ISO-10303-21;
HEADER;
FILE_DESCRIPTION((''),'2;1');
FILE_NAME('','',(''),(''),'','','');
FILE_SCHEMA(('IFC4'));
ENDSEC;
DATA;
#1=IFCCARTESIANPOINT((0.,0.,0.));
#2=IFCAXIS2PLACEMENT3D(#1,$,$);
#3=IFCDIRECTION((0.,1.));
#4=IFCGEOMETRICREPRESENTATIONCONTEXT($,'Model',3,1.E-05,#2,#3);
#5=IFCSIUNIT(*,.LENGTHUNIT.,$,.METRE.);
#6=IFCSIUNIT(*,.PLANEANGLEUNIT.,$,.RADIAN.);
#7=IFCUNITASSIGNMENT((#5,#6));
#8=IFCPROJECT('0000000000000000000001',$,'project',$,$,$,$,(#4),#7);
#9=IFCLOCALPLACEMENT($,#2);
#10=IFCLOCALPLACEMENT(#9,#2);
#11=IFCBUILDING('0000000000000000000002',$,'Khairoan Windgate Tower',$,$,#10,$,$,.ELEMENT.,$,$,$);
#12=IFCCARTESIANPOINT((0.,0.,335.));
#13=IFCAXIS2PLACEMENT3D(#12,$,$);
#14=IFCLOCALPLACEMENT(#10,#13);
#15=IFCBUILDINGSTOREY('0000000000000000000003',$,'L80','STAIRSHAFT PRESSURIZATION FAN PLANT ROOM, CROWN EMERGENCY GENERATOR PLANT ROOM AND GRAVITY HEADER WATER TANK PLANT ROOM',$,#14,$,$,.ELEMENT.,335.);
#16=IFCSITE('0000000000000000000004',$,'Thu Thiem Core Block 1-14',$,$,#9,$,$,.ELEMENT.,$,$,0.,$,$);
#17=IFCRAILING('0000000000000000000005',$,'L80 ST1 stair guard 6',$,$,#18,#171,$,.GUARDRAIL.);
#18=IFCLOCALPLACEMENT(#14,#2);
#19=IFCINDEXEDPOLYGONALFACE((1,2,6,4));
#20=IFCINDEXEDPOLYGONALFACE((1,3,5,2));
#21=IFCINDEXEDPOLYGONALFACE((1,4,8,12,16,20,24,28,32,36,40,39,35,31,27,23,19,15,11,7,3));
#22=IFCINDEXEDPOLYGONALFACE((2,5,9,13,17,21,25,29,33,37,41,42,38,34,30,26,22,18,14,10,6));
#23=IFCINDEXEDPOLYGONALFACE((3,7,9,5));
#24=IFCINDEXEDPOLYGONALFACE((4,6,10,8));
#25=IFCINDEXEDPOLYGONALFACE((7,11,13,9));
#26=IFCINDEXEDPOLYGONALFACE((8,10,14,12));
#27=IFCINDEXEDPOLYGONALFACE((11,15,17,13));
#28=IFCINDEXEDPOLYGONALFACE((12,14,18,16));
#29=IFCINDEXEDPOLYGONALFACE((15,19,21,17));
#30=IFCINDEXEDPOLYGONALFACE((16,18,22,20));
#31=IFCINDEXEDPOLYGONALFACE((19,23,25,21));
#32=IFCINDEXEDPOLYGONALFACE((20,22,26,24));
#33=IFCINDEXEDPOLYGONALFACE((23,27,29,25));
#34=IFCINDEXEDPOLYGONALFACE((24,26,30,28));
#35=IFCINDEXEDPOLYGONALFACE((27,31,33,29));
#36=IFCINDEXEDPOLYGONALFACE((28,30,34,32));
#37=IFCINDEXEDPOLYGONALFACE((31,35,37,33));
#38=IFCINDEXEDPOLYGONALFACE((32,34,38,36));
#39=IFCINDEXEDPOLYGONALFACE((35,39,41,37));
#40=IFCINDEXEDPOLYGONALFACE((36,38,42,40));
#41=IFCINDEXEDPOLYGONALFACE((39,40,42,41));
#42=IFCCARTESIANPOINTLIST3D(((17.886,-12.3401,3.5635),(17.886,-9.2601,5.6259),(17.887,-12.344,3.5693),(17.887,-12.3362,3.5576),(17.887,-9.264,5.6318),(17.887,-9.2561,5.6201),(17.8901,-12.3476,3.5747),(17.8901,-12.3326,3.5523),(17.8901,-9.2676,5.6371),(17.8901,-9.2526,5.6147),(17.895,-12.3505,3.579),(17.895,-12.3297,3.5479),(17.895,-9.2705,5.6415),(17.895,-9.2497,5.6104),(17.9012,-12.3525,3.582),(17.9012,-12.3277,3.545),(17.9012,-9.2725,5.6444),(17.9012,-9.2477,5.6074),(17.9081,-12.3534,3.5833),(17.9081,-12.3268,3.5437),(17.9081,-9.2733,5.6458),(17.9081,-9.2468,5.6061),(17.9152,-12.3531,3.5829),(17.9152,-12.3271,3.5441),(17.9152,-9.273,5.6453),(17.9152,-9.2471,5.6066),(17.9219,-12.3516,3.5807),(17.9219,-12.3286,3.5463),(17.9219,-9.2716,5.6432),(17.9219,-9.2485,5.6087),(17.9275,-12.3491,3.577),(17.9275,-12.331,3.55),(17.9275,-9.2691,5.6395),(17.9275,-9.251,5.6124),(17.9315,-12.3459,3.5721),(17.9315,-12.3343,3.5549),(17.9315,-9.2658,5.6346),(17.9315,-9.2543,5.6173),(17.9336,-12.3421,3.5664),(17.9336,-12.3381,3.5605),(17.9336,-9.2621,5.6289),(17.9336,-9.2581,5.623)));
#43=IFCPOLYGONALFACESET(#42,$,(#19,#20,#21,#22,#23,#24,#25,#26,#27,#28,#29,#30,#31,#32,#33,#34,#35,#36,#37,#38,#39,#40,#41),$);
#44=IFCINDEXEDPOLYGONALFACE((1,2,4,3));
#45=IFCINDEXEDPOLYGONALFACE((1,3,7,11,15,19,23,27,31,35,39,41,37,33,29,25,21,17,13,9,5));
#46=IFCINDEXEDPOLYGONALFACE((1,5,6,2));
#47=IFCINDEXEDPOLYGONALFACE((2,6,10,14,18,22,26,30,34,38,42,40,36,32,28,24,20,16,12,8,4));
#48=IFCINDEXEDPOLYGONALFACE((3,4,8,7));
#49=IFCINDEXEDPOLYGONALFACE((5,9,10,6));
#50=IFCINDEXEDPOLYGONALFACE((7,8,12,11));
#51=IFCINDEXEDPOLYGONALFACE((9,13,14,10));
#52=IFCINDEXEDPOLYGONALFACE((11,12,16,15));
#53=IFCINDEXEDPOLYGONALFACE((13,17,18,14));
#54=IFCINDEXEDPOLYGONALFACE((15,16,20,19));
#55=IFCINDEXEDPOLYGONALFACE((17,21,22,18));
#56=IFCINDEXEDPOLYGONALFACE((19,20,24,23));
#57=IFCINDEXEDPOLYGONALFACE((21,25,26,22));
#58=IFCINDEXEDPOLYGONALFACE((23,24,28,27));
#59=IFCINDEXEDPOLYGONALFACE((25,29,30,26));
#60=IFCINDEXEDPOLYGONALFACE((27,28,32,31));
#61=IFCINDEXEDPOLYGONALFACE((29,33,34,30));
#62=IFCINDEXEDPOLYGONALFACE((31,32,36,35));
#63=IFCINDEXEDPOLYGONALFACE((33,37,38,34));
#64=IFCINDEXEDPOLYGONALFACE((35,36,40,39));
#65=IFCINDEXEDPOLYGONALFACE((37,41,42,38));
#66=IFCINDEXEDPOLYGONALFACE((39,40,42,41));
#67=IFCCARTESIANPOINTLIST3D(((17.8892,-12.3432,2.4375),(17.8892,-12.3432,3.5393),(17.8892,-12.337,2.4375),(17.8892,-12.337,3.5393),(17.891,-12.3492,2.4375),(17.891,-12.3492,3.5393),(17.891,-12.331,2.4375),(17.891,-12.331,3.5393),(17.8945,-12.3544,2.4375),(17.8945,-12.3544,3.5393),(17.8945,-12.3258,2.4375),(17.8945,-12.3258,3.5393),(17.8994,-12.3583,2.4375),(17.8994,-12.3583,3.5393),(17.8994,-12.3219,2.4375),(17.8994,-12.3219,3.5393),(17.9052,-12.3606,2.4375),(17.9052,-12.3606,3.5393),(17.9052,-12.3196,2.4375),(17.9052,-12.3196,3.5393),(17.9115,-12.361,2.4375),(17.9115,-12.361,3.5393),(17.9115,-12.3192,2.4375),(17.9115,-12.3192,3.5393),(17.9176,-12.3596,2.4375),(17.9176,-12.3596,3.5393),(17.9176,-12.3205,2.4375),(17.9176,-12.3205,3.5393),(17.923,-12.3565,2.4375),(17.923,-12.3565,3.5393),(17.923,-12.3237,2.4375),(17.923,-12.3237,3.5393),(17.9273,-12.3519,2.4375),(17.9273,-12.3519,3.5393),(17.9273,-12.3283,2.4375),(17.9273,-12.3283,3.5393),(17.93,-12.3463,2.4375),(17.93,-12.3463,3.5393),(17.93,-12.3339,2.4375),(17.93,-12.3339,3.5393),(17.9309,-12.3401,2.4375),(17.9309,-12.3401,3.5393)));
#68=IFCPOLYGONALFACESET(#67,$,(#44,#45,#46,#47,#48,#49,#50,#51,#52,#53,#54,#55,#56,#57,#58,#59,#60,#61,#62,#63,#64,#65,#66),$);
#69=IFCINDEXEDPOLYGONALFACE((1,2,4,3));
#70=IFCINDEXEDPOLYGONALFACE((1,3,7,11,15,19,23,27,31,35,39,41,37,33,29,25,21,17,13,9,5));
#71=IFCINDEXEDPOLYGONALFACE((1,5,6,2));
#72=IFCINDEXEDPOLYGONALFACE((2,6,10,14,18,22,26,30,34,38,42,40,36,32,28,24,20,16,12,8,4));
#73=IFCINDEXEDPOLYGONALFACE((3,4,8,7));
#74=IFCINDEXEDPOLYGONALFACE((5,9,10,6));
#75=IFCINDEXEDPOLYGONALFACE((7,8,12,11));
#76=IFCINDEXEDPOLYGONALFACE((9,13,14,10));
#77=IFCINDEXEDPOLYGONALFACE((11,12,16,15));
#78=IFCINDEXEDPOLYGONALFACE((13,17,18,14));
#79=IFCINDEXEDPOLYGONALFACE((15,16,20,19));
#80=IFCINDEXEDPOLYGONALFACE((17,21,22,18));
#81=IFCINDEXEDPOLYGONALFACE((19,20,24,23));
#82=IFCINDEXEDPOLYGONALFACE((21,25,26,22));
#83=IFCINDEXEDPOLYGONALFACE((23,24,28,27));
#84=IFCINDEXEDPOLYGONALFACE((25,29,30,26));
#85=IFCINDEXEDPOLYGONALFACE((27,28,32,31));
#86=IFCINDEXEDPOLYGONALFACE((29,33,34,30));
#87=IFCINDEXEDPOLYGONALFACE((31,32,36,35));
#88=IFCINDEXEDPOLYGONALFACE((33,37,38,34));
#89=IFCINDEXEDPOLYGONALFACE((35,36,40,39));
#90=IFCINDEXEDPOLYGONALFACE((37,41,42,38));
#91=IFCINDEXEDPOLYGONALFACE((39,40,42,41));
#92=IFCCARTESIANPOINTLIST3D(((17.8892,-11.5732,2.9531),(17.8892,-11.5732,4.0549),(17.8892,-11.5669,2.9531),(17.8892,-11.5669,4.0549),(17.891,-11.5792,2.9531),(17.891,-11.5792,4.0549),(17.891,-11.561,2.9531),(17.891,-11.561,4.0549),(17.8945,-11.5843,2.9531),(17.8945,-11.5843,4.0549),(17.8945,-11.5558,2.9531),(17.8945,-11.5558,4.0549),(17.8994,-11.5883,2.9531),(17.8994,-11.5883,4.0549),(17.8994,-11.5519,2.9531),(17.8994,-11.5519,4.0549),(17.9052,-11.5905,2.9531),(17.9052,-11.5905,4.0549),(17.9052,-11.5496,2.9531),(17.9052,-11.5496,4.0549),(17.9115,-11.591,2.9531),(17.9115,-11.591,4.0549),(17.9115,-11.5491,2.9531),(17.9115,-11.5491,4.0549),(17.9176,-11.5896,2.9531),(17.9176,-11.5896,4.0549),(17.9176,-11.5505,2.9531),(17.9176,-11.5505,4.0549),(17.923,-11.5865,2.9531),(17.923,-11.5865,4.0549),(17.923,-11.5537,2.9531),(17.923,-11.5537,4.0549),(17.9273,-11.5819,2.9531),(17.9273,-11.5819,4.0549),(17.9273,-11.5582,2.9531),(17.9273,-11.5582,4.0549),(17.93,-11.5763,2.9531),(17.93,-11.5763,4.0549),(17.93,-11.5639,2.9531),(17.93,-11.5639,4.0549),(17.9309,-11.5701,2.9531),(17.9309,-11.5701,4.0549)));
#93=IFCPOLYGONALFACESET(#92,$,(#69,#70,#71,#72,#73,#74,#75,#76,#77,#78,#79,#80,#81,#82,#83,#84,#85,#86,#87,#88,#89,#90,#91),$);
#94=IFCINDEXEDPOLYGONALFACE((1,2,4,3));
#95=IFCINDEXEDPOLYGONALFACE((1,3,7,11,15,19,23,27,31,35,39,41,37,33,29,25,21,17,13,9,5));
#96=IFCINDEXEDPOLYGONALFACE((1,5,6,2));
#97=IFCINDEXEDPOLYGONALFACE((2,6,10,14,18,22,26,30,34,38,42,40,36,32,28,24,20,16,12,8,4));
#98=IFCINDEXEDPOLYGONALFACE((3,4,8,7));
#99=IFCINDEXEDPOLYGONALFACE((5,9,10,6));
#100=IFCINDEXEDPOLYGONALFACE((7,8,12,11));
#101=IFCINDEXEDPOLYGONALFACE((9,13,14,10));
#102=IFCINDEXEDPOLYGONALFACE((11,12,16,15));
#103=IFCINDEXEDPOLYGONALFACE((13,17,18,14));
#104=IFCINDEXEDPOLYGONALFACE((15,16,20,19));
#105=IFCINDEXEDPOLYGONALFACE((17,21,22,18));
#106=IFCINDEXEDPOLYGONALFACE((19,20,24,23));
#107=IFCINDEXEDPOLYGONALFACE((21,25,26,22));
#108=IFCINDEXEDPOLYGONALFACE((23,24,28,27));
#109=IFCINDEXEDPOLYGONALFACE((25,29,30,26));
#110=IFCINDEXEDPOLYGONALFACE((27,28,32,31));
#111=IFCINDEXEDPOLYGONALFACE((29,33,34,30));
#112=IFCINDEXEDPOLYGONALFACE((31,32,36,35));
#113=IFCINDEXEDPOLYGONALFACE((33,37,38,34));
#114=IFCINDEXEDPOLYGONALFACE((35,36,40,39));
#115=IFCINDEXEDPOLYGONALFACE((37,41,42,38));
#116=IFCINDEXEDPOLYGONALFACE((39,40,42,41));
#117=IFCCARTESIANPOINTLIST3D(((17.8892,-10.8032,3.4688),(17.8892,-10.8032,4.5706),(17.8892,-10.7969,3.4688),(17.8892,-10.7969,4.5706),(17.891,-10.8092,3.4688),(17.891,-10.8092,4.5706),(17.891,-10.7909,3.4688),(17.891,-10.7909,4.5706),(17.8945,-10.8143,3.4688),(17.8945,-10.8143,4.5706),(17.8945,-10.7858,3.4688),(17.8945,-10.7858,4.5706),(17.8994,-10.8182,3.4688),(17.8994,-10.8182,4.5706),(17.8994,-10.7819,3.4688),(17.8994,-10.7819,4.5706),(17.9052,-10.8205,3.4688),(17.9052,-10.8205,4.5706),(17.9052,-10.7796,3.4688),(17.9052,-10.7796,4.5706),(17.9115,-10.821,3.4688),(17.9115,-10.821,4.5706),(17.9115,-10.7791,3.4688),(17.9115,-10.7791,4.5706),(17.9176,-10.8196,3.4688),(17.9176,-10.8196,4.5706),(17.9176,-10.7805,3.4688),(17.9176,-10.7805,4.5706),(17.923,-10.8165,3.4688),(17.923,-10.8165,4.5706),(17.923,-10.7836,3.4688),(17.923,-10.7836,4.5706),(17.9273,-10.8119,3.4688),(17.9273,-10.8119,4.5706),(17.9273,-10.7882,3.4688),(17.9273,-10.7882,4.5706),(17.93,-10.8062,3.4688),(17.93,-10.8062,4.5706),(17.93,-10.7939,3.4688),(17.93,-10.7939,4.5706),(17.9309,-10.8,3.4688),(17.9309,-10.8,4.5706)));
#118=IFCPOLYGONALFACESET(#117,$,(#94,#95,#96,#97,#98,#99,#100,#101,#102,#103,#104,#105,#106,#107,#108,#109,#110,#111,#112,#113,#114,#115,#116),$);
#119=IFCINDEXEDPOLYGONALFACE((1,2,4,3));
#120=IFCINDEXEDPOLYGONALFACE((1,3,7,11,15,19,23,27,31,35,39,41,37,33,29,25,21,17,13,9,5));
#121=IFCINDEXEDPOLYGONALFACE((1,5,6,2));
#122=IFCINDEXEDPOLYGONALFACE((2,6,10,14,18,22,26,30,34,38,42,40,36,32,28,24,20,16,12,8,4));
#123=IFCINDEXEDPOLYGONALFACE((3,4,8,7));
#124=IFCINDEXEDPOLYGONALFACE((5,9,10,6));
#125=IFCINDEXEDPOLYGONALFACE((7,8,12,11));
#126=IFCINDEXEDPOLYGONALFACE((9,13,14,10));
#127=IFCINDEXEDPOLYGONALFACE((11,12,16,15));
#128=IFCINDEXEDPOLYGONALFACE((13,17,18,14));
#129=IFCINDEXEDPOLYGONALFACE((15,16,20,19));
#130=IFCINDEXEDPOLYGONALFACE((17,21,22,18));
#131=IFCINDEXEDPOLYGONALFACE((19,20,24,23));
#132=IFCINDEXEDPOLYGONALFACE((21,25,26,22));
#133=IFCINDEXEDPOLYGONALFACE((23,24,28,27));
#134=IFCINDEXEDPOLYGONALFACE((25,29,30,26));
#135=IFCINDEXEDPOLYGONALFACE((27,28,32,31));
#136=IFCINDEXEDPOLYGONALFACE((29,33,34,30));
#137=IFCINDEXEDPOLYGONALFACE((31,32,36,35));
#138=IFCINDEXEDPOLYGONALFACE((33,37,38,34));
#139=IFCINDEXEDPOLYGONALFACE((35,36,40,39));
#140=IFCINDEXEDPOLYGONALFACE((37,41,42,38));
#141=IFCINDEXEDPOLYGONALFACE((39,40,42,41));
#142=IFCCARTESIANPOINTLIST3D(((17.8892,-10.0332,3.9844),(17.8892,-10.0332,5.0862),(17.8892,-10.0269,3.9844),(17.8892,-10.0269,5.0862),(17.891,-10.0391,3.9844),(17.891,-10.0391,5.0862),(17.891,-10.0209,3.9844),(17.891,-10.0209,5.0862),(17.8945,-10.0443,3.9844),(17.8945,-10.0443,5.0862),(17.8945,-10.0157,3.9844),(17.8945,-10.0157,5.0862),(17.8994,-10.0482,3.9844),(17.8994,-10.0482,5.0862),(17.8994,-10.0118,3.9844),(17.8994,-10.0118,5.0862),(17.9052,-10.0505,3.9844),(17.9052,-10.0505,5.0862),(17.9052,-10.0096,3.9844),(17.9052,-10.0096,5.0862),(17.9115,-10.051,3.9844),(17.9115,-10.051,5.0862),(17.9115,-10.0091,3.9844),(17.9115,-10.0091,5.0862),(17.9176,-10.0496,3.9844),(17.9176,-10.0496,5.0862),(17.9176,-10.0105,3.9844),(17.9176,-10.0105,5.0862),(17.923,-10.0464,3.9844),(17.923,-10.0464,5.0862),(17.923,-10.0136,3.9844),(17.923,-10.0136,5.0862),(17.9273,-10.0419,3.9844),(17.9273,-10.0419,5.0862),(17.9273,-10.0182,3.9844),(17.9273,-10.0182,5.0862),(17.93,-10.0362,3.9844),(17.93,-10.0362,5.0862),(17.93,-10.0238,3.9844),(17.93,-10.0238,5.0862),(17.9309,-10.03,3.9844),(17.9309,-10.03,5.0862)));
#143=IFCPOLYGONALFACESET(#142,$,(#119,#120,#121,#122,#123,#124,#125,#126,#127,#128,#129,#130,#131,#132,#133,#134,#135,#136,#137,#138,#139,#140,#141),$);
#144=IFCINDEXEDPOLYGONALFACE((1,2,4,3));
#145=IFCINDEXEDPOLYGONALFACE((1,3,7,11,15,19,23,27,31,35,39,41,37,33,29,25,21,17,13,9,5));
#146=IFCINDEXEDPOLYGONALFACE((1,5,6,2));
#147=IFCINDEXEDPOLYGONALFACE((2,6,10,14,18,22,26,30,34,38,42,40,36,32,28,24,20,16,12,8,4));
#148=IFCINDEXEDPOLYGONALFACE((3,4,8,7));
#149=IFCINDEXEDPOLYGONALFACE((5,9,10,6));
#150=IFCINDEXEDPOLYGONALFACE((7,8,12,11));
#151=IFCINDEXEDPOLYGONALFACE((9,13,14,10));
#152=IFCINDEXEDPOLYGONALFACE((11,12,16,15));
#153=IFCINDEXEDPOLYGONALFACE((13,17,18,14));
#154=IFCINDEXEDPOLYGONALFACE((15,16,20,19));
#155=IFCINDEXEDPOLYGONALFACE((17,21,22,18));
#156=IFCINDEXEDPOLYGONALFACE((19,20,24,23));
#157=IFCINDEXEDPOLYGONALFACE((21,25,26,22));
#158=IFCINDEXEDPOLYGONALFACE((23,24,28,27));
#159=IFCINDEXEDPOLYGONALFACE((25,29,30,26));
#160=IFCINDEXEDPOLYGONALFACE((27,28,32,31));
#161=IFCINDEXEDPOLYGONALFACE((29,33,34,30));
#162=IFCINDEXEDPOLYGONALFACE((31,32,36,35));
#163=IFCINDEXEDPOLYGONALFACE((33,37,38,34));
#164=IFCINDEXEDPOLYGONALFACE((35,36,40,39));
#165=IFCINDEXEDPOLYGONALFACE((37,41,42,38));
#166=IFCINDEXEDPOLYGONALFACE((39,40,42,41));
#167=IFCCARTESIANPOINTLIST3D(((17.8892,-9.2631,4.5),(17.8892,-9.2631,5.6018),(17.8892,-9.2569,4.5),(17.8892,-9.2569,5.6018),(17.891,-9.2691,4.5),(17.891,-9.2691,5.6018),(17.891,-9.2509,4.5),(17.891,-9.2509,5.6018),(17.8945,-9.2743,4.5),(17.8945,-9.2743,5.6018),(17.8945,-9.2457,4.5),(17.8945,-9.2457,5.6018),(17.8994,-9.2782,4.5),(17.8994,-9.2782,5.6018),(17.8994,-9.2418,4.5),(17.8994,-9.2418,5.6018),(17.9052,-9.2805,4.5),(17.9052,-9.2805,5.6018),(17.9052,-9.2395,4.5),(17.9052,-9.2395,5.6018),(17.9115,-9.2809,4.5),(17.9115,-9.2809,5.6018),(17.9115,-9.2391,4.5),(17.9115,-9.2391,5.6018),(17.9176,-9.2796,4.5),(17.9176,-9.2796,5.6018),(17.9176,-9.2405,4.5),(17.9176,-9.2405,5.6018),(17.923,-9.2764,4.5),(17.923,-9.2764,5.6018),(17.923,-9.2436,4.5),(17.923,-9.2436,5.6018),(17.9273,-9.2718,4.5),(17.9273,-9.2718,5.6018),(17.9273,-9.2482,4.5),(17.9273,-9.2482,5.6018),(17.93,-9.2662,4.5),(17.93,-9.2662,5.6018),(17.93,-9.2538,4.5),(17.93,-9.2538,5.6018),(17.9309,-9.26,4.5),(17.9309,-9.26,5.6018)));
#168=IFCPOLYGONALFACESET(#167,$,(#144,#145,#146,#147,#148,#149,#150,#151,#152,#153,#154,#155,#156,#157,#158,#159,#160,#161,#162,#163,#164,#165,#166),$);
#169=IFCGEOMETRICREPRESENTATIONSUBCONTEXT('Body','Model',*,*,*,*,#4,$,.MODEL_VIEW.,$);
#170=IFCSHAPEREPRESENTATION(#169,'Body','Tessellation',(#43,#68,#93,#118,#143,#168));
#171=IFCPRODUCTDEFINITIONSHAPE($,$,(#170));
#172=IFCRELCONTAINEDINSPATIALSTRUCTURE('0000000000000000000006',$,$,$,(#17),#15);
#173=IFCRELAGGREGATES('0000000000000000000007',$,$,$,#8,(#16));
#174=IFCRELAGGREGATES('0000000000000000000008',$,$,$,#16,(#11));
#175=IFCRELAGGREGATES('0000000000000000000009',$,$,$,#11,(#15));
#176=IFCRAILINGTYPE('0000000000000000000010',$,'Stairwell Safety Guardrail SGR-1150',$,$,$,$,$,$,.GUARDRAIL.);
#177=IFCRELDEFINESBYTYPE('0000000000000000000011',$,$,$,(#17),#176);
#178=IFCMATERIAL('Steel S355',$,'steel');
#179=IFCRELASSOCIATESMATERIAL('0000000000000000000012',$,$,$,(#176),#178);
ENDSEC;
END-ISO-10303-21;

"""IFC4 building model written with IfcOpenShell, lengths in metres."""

from ifc_helpers import new_model, si_unit, direction, frame, origin, origin_2d, place, context, subcontext, project, spatial, circle, extrude, material, type_object, element, save


model = new_model("IFC4")

# Units and contexts
model_context = context("Model", 3, precision=1e-05, world=origin(), true_north=direction((0.0, 1.0)))
body_context = subcontext(model_context, "Body", "Model", "MODEL_VIEW")
ifc_project = project(units=[si_unit("LENGTHUNIT", "METRE"), si_unit("PLANEANGLEUNIT", "RADIAN")], contexts=[model_context])

# Site, building, storey
site_placement = place(None, origin())
site = spatial("IfcSite", under=ifc_project, at=site_placement, Name="Thu Thiem Core Block 1-14", CompositionType="ELEMENT", RefElevation=0.0)
building_placement = place(site_placement, origin())
building = spatial("IfcBuilding", under=site, at=building_placement, Name="Khairoan Windgate Tower", CompositionType="ELEMENT")
storey_placement = place(building_placement, frame((0.0, 0.0, 335.0)))
storey = spatial("IfcBuildingStorey", under=building, at=storey_placement, Name="L80", Description="STAIRSHAFT PRESSURIZATION FAN PLANT ROOM, CROWN EMERGENCY GENERATOR PLANT ROOM AND GRAVITY HEADER WATER TANK PLANT ROOM", CompositionType="ELEMENT", Elevation=335.0)

# Railing
ifc_material_1 = material(Name="Steel S355", Category="steel")
railing_type_1 = type_object("IfcRailingType", Name="Stairwell Safety Guardrail SGR-1150", PredefinedType="GUARDRAIL", material=ifc_material_1)
railing_1_placement = place(storey_placement, frame((17.9099, -12.3401, 2.4375)))
element("IfcRailing", 1, at=railing_1_placement, inside=storey, type_object=railing_type_1, Name="L80 ST1 stair guard 6", PredefinedType="GUARDRAIL", context=body_context, shape_type="SweptSolid", body=[
    extrude(circle(Radius=0.0239, at=origin_2d()), frame((0.0, 0.0, 1.126), z_axis=(0.0, 0.830914, 0.556401), x_axis=(-1.0, 0.0, 0.0)), (0.0, 0.0, 1.0), 3.7068),
    extrude(circle(Radius=0.021, at=origin_2d()), origin(), (0.0, 0.0, 1.0), 1.1018),
    extrude(circle(Radius=0.021, at=origin_2d()), frame((0.0, 0.77, 0.5156)), (0.0, 0.0, 1.0), 1.1018),
    extrude(circle(Radius=0.021, at=origin_2d()), frame((0.0, 1.54, 1.0312)), (0.0, 0.0, 1.0), 1.1018),
    extrude(circle(Radius=0.021, at=origin_2d()), frame((0.0, 2.3101, 1.5469)), (0.0, 0.0, 1.0), 1.1018),
    extrude(circle(Radius=0.021, at=origin_2d()), frame((0.0, 3.0801, 2.0625)), (0.0, 0.0, 1.0), 1.1018),
])

save(model, "model.ifc")
